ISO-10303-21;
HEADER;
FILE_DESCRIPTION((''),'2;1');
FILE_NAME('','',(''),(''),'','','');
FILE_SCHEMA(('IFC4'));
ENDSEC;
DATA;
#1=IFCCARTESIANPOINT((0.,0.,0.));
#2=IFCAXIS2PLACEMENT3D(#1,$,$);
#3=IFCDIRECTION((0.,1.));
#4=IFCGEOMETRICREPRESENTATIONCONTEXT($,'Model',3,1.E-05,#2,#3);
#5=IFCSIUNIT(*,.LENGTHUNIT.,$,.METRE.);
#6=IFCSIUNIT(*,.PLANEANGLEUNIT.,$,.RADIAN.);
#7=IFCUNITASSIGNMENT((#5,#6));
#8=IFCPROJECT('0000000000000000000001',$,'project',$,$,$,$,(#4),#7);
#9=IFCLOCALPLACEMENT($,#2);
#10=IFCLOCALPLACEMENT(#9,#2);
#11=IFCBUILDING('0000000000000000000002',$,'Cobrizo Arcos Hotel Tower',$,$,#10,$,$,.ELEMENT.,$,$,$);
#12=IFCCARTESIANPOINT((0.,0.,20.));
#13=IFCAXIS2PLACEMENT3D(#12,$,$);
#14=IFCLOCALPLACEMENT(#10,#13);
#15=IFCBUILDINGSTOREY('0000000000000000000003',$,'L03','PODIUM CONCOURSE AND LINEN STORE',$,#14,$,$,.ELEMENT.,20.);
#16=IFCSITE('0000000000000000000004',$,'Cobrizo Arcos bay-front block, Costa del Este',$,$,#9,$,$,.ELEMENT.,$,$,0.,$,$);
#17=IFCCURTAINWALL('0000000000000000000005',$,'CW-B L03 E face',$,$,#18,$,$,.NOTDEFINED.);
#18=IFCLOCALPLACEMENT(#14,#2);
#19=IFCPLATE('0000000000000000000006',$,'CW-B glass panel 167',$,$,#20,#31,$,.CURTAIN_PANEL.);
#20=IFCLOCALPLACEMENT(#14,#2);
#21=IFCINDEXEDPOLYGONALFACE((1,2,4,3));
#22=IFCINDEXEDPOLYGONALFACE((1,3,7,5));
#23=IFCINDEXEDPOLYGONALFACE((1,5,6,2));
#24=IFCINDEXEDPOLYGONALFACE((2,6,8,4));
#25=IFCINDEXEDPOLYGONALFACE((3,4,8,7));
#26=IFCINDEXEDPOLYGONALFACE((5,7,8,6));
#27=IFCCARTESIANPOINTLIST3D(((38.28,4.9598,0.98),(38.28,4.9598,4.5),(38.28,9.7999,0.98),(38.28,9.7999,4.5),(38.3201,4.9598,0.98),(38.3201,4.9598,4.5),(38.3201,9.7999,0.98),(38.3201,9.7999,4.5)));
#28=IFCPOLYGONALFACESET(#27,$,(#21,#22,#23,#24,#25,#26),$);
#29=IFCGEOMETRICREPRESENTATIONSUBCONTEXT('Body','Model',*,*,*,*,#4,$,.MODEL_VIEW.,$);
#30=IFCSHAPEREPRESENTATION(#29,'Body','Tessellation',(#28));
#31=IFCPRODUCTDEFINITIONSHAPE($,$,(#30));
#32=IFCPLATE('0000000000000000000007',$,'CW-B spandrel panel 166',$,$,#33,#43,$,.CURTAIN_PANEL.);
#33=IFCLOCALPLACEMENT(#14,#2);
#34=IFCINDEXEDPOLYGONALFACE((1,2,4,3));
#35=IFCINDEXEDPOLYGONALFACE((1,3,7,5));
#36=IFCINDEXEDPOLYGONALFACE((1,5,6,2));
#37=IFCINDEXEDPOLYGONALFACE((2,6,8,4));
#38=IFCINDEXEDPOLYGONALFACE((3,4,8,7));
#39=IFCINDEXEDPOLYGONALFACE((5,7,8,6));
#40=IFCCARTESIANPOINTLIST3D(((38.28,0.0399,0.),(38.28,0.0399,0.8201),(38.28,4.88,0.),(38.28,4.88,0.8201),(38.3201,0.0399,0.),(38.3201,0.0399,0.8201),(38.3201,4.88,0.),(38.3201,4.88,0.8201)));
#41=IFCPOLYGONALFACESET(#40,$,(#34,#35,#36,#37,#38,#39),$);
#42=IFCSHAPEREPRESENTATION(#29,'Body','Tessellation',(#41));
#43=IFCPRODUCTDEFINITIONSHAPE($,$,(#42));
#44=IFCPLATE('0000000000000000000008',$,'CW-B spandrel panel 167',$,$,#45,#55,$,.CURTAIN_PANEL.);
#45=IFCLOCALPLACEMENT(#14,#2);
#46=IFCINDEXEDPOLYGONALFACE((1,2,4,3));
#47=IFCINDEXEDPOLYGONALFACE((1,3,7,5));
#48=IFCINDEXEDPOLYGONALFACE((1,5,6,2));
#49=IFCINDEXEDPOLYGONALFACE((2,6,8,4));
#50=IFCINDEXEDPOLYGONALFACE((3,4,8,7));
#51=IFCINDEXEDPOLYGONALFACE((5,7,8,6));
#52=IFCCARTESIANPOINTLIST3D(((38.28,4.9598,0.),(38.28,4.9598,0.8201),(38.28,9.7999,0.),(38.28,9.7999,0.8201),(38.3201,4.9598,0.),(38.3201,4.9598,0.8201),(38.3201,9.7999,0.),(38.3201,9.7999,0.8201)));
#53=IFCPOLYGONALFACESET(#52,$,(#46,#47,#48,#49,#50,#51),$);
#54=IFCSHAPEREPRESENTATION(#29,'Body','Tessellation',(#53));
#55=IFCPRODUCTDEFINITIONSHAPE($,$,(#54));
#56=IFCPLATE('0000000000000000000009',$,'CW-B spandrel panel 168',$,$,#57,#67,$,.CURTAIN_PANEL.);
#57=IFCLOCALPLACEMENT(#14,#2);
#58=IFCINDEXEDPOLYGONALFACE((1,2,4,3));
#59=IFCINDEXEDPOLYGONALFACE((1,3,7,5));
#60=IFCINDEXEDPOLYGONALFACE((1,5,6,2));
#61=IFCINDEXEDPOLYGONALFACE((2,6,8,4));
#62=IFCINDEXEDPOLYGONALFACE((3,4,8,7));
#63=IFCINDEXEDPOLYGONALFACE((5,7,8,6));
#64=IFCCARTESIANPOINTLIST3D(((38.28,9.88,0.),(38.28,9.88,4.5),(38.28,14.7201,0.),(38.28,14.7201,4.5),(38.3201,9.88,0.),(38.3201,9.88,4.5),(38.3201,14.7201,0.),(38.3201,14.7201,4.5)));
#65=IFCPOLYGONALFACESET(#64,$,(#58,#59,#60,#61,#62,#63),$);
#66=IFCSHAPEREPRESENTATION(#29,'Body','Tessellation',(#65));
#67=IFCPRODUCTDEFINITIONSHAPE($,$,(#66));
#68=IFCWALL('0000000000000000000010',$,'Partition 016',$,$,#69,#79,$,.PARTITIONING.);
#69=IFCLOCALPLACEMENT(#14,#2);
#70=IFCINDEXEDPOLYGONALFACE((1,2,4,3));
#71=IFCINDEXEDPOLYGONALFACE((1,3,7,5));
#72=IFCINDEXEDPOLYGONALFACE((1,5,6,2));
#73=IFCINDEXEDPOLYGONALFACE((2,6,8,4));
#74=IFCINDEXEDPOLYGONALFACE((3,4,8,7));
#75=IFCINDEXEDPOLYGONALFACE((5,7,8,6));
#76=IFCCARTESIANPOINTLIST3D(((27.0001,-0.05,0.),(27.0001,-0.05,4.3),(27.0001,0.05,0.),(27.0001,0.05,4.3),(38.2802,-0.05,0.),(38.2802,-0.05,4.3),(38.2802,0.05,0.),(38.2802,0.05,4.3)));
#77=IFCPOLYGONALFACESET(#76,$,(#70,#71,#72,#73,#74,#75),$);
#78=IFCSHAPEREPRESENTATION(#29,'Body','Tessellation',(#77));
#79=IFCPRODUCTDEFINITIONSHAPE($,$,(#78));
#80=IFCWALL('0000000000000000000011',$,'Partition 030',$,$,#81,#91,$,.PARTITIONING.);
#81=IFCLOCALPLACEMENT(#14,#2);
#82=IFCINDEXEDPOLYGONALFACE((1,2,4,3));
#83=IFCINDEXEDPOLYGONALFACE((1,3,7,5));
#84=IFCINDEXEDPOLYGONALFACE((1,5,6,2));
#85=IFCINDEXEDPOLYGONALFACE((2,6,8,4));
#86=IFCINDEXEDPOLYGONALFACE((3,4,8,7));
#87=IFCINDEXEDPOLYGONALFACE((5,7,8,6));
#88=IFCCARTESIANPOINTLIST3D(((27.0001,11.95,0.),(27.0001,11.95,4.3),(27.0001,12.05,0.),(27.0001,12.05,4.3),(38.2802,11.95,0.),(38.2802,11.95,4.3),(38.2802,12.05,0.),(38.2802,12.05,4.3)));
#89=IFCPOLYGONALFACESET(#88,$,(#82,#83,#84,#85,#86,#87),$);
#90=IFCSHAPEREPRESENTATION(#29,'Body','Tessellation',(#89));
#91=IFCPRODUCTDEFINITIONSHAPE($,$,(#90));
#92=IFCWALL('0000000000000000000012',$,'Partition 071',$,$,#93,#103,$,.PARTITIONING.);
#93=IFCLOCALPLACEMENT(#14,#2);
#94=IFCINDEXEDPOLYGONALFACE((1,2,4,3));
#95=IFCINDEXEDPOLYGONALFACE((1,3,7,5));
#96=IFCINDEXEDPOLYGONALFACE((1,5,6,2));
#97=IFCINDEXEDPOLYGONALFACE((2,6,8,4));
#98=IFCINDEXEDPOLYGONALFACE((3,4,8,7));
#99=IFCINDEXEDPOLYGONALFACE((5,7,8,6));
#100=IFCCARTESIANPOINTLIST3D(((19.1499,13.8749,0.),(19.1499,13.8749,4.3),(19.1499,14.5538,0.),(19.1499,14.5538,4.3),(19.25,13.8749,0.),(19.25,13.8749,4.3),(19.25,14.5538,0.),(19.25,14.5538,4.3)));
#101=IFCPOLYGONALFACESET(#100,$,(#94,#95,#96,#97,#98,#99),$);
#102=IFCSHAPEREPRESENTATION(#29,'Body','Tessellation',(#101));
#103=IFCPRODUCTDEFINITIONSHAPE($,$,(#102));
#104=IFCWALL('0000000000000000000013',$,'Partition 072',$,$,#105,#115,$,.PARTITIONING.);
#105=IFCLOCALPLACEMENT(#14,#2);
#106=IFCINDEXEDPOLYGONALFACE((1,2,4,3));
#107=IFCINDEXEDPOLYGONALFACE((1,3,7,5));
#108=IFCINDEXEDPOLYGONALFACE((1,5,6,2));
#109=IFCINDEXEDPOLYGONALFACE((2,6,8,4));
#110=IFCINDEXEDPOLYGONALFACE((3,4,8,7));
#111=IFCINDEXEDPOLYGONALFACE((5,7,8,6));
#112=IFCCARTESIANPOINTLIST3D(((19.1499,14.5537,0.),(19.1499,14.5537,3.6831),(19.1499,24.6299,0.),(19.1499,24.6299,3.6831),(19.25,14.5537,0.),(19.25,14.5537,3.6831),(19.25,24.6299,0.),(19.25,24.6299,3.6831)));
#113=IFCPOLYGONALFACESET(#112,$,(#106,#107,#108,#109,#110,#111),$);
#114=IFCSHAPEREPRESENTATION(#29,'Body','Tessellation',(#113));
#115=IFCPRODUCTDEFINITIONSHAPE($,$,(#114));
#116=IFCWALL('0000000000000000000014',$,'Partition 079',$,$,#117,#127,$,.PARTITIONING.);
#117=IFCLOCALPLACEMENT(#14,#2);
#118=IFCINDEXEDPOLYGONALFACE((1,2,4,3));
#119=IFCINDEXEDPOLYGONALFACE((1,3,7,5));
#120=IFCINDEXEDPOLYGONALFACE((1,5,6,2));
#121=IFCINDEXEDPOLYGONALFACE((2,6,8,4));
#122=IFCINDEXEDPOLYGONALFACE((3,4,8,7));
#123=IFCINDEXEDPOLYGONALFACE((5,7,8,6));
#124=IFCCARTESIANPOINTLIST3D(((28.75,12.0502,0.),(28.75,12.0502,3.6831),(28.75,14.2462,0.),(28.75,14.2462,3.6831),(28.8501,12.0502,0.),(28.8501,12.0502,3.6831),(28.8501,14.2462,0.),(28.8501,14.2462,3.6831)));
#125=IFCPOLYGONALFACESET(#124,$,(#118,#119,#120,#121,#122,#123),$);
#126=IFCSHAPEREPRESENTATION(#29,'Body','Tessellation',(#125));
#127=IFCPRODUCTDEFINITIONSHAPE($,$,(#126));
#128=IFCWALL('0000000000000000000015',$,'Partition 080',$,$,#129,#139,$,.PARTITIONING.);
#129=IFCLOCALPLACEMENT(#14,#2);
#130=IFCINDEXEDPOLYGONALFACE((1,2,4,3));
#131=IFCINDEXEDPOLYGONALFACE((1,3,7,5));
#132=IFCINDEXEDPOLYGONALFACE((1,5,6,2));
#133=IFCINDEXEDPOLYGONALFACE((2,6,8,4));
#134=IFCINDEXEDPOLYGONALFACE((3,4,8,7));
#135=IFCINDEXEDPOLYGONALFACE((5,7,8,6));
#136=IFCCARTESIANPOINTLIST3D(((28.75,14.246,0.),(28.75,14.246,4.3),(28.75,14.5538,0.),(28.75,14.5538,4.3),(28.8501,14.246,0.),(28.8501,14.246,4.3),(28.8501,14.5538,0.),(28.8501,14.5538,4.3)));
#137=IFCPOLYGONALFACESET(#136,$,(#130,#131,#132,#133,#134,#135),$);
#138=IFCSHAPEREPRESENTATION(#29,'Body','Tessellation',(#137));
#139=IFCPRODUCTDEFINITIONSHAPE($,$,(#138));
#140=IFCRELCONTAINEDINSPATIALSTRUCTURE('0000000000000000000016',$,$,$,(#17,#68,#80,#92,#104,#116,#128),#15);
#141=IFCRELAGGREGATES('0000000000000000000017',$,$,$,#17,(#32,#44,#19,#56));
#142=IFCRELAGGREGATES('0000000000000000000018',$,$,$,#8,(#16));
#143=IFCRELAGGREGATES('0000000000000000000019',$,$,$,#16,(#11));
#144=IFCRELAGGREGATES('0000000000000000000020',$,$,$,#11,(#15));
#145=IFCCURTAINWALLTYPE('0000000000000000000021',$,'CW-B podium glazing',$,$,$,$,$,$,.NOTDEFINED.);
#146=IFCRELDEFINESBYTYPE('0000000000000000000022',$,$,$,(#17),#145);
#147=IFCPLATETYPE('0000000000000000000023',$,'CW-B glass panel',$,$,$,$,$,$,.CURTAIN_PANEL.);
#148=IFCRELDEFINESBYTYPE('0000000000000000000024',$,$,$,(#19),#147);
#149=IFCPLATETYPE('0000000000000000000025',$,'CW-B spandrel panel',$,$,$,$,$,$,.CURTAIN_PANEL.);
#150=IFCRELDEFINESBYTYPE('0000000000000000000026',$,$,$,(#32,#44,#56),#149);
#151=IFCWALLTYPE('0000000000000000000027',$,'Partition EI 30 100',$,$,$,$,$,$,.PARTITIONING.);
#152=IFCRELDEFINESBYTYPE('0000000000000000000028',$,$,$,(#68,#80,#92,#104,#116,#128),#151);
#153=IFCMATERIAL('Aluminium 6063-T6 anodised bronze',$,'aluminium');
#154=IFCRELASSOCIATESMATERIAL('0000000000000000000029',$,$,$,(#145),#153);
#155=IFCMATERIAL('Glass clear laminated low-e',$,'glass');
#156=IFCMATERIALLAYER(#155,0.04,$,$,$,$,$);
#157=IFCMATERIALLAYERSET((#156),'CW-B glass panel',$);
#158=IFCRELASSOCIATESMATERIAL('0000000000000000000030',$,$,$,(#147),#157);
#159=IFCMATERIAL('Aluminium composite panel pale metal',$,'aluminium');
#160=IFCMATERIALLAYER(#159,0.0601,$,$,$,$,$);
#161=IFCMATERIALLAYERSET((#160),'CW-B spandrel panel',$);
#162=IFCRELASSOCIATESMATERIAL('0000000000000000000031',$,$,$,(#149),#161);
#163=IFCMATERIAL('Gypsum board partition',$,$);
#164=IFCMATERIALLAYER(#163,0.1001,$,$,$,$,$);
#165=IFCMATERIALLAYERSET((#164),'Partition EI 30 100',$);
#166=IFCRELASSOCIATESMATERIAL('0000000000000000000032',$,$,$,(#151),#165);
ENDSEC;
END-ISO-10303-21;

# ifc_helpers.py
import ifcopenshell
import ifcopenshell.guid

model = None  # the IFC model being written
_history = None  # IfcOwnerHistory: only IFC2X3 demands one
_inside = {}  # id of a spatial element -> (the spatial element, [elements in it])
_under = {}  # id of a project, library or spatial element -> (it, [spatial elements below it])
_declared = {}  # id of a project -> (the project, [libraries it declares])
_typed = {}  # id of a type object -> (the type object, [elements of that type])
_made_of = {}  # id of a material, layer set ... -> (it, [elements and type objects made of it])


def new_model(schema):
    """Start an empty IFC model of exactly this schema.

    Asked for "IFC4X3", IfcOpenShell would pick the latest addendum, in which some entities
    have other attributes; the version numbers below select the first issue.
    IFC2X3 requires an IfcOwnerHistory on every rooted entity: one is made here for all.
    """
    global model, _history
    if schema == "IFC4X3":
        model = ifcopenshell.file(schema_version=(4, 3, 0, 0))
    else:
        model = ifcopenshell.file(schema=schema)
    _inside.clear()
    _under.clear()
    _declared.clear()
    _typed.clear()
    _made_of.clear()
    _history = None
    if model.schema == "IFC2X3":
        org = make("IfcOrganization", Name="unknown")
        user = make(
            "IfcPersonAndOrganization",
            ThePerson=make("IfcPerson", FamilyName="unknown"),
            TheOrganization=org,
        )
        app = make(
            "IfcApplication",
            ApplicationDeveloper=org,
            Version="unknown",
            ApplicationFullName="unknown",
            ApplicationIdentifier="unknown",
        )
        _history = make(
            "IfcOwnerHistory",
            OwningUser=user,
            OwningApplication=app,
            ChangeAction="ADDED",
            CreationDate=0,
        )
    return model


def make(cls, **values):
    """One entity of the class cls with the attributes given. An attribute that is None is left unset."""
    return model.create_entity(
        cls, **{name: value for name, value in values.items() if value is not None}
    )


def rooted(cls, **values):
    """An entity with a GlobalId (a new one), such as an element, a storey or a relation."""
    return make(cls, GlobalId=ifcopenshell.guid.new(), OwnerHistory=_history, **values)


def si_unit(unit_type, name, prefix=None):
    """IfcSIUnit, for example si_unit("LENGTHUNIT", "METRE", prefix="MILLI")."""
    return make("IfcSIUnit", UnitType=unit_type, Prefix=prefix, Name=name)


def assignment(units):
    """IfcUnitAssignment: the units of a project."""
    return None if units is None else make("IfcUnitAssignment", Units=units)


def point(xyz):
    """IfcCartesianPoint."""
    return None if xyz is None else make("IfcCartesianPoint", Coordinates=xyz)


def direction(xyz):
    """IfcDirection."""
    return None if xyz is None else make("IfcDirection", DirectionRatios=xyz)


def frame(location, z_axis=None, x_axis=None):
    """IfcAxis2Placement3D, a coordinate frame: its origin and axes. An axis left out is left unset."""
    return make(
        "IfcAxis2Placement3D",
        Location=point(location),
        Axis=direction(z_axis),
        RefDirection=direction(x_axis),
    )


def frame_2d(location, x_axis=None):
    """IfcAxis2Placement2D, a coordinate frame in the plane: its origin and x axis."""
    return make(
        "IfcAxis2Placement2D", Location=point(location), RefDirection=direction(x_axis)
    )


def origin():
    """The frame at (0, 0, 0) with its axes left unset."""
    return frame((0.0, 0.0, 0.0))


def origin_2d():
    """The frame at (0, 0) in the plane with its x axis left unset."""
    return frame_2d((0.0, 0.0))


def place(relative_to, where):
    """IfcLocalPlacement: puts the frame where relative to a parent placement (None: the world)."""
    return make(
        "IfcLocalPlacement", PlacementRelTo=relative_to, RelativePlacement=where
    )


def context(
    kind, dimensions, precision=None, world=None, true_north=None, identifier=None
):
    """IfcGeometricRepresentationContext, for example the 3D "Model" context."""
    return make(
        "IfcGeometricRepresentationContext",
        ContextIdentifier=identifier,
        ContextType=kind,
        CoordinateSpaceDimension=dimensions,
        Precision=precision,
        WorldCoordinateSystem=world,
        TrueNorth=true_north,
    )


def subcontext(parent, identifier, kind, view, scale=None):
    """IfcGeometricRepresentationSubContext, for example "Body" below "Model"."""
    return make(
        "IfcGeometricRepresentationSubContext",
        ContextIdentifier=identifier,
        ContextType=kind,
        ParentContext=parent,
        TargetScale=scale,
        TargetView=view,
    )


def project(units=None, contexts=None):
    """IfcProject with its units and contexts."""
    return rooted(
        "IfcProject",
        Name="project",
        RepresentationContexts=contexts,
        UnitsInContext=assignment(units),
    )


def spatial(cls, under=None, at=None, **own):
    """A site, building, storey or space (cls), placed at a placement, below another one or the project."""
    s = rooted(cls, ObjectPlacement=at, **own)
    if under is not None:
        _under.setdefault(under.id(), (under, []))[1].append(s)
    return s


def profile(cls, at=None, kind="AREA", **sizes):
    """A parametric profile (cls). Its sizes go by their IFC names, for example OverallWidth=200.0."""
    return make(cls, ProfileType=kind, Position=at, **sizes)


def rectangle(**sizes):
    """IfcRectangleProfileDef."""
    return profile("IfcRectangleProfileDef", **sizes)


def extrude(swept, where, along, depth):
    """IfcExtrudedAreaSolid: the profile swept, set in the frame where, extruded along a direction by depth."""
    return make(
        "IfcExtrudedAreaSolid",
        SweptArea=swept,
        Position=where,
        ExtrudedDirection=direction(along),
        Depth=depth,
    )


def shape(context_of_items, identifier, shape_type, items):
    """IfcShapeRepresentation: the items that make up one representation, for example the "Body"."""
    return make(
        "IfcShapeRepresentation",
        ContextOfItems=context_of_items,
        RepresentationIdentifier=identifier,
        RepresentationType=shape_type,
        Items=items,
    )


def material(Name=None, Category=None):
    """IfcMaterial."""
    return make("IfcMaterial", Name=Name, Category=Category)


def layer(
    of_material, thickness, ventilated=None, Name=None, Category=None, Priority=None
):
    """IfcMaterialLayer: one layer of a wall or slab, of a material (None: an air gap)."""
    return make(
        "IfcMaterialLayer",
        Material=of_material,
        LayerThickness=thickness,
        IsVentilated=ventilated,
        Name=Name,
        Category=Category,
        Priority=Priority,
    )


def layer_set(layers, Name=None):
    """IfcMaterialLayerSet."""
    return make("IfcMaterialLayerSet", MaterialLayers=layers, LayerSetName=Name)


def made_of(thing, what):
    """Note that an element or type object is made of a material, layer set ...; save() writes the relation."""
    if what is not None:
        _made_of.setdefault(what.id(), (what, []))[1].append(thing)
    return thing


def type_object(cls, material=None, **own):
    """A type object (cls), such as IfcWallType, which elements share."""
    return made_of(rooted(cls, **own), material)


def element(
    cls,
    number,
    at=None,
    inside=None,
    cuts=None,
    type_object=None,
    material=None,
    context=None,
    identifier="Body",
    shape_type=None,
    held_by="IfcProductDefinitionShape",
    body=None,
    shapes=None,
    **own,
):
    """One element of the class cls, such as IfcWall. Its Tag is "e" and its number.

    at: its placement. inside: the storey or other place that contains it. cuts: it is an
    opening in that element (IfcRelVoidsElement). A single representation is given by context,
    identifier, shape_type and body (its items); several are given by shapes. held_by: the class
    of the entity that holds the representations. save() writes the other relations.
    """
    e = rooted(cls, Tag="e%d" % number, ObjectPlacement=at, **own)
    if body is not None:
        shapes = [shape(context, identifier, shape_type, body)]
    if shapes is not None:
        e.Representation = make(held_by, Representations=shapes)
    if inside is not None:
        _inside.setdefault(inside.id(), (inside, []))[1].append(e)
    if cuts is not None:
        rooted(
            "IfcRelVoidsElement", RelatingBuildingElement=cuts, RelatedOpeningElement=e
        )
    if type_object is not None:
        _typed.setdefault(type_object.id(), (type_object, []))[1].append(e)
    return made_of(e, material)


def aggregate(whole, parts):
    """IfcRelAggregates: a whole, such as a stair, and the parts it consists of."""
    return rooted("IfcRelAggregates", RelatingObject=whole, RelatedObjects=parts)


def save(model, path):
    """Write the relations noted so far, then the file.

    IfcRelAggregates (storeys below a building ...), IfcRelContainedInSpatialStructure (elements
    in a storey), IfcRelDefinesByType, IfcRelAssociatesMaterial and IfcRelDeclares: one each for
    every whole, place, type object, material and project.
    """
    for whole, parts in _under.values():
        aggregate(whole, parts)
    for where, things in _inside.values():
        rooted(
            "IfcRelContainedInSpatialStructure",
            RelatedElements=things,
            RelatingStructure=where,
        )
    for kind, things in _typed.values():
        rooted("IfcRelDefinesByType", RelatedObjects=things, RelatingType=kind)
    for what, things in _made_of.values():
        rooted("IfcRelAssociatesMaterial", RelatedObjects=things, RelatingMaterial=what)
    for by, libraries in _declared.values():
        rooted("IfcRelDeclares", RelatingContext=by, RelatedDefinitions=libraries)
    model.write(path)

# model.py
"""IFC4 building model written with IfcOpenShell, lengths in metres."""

from ifc_helpers import new_model, si_unit, direction, frame, frame_2d, origin, origin_2d, place, context, subcontext, project, spatial, rectangle, extrude, material, layer, layer_set, type_object, element, aggregate, save


model = new_model("IFC4")

# Units and contexts
model_context = context("Model", 3, precision=1e-05, world=origin(), true_north=direction((0.0, 1.0)))
body_context = subcontext(model_context, "Body", "Model", "MODEL_VIEW")
ifc_project = project(units=[si_unit("LENGTHUNIT", "METRE"), si_unit("PLANEANGLEUNIT", "RADIAN")], contexts=[model_context])

# Site, building, storey
site_placement = place(None, origin())
site = spatial("IfcSite", under=ifc_project, at=site_placement, Name="Cobrizo Arcos bay-front block, Costa del Este", CompositionType="ELEMENT", RefElevation=0.0)
building_placement = place(site_placement, origin())
building = spatial("IfcBuilding", under=site, at=building_placement, Name="Cobrizo Arcos Hotel Tower", CompositionType="ELEMENT")
storey_placement = place(building_placement, frame((0.0, 0.0, 20.0)))
storey = spatial("IfcBuildingStorey", under=building, at=storey_placement, Name="L03", Description="PODIUM CONCOURSE AND LINEN STORE", CompositionType="ELEMENT", Elevation=20.0)

# Curtain wall
ifc_material_1 = material(Name="Aluminium 6063-T6 anodised bronze", Category="aluminium")
curtain_wall_type = type_object("IfcCurtainWallType", Name="CW-B podium glazing", PredefinedType="NOTDEFINED", material=ifc_material_1)
curtain_wall_placement = place(storey_placement, origin())
curtain_wall = element("IfcCurtainWall", 1, at=curtain_wall_placement, inside=storey, type_object=curtain_wall_type, Name="CW-B L03 E face", PredefinedType="NOTDEFINED")

# Plates
ifc_material_2 = material(Name="Glass clear laminated low-e", Category="glass")
ifc_layer_1 = layer(ifc_material_2, 0.04)
ifc_layer_set_1 = layer_set([ifc_layer_1], Name="CW-B glass panel")
plate_type_1 = type_object("IfcPlateType", Name="CW-B glass panel", PredefinedType="CURTAIN_PANEL", material=ifc_layer_set_1)
plate_1_placement = place(storey_placement, frame((38.3, 7.3799, 0.98), z_axis=(0.0, 0.0, 1.0), x_axis=(0.0, 1.0, 0.0)))
plate_1 = element("IfcPlate", 2, at=plate_1_placement, type_object=plate_type_1, Name="CW-B glass panel 167", PredefinedType="CURTAIN_PANEL", context=body_context, shape_type="SweptSolid", body=[
    extrude(rectangle(XDim=4.8401, YDim=0.04, at=origin_2d()), origin(), (0.0, 0.0, 1.0), 3.52),
])
ifc_material_3 = material(Name="Aluminium composite panel pale metal", Category="aluminium")
ifc_layer_2 = layer(ifc_material_3, 0.0601)
ifc_layer_set_2 = layer_set([ifc_layer_2], Name="CW-B spandrel panel")
plate_type_2 = type_object("IfcPlateType", Name="CW-B spandrel panel", PredefinedType="CURTAIN_PANEL", material=ifc_layer_set_2)
plate_2_placement = place(storey_placement, frame((38.3, 2.46, 0.0), z_axis=(0.0, 0.0, 1.0), x_axis=(0.0, 1.0, 0.0)))
plate_2 = element("IfcPlate", 3, at=plate_2_placement, type_object=plate_type_2, Name="CW-B spandrel panel 166", PredefinedType="CURTAIN_PANEL", context=body_context, shape_type="SweptSolid", body=[
    extrude(rectangle(XDim=4.8401, YDim=0.04, at=origin_2d()), origin(), (0.0, 0.0, 1.0), 0.8201),
])
plate_3_placement = place(storey_placement, frame((38.3, 7.3799, 0.0), z_axis=(0.0, 0.0, 1.0), x_axis=(0.0, 1.0, 0.0)))
plate_3 = element("IfcPlate", 4, at=plate_3_placement, type_object=plate_type_2, Name="CW-B spandrel panel 167", PredefinedType="CURTAIN_PANEL", context=body_context, shape_type="SweptSolid", body=[
    extrude(rectangle(XDim=4.8401, YDim=0.04, at=origin_2d()), origin(), (0.0, 0.0, 1.0), 0.8201),
])
plate_4_placement = place(storey_placement, frame((38.3, 12.3, 0.0), z_axis=(0.0, 0.0, 1.0), x_axis=(0.0, 1.0, 0.0)))
plate_4 = element("IfcPlate", 5, at=plate_4_placement, type_object=plate_type_2, Name="CW-B spandrel panel 168", PredefinedType="CURTAIN_PANEL", context=body_context, shape_type="SweptSolid", body=[
    extrude(rectangle(XDim=4.8401, YDim=0.04, at=origin_2d()), origin(), (0.0, 0.0, 1.0), 4.5),
])
aggregate(curtain_wall, [plate_2, plate_3, plate_1, plate_4])

# Walls
ifc_material_4 = material(Name="Gypsum board partition")
ifc_layer_3 = layer(ifc_material_4, 0.1001)
ifc_layer_set_3 = layer_set([ifc_layer_3], Name="Partition EI 30 100")
wall_type = type_object("IfcWallType", Name="Partition EI 30 100", PredefinedType="PARTITIONING", material=ifc_layer_set_3)
for number, where, z_axis, x_axis, name in (
    (6, (27.0, 0.0, 0.0), (0.0, 0.0, 1.0), (1.0, 0.0, 0.0), "Partition 016"),
    (7, (27.0, 12.0, 0.0), (0.0, 0.0, 1.0), (1.0, 0.0, 0.0), "Partition 030"),
):
    element("IfcWall", number, at=place(storey_placement, frame(where, z_axis=z_axis, x_axis=x_axis)), inside=storey, type_object=wall_type, Name=name, PredefinedType="PARTITIONING", context=body_context, shape_type="SweptSolid", body=[
        extrude(rectangle(XDim=11.28, YDim=0.1001, at=frame_2d((5.6401, 0.0))), origin(), (0.0, 0.0, 1.0), 4.3),
    ])
wall_1_placement = place(storey_placement, frame((19.2, 13.875, 0.0), z_axis=(0.0, 0.0, 1.0), x_axis=(0.0, 1.0, 0.0)))
element("IfcWall", 8, at=wall_1_placement, inside=storey, type_object=wall_type, Name="Partition 071", PredefinedType="PARTITIONING", context=body_context, shape_type="SweptSolid", body=[
    extrude(rectangle(XDim=0.679, YDim=0.1001, at=frame_2d((0.3394, 0.0))), origin(), (0.0, 0.0, 1.0), 4.3),
])
wall_2_placement = place(storey_placement, frame((19.2, 14.5537, 0.0), z_axis=(0.0, 0.0, 1.0), x_axis=(0.0, 1.0, 0.0)))
element("IfcWall", 9, at=wall_2_placement, inside=storey, type_object=wall_type, Name="Partition 072", PredefinedType="PARTITIONING", context=body_context, shape_type="SweptSolid", body=[
    extrude(rectangle(XDim=10.0762, YDim=0.1001, at=frame_2d((5.0381, 0.0))), origin(), (0.0, 0.0, 1.0), 3.6831),
])
wall_3_placement = place(storey_placement, frame((28.8, 12.05, 0.0), z_axis=(0.0, 0.0, 1.0), x_axis=(0.0, 1.0, 0.0)))
element("IfcWall", 10, at=wall_3_placement, inside=storey, type_object=wall_type, Name="Partition 079", PredefinedType="PARTITIONING", context=body_context, shape_type="SweptSolid", body=[
    extrude(rectangle(XDim=2.196, YDim=0.1001, at=frame_2d((1.0981, 0.0))), origin(), (0.0, 0.0, 1.0), 3.6831),
])
wall_4_placement = place(storey_placement, frame((28.8, 14.2461, 0.0), z_axis=(0.0, 0.0, 1.0), x_axis=(0.0, 1.0, 0.0)))
element("IfcWall", 11, at=wall_4_placement, inside=storey, type_object=wall_type, Name="Partition 080", PredefinedType="PARTITIONING", context=body_context, shape_type="SweptSolid", body=[
    extrude(rectangle(XDim=0.3079, YDim=0.1001, at=frame_2d((0.1538, 0.0))), origin(), (0.0, 0.0, 1.0), 4.3),
])

save(model, "model.ifc")
